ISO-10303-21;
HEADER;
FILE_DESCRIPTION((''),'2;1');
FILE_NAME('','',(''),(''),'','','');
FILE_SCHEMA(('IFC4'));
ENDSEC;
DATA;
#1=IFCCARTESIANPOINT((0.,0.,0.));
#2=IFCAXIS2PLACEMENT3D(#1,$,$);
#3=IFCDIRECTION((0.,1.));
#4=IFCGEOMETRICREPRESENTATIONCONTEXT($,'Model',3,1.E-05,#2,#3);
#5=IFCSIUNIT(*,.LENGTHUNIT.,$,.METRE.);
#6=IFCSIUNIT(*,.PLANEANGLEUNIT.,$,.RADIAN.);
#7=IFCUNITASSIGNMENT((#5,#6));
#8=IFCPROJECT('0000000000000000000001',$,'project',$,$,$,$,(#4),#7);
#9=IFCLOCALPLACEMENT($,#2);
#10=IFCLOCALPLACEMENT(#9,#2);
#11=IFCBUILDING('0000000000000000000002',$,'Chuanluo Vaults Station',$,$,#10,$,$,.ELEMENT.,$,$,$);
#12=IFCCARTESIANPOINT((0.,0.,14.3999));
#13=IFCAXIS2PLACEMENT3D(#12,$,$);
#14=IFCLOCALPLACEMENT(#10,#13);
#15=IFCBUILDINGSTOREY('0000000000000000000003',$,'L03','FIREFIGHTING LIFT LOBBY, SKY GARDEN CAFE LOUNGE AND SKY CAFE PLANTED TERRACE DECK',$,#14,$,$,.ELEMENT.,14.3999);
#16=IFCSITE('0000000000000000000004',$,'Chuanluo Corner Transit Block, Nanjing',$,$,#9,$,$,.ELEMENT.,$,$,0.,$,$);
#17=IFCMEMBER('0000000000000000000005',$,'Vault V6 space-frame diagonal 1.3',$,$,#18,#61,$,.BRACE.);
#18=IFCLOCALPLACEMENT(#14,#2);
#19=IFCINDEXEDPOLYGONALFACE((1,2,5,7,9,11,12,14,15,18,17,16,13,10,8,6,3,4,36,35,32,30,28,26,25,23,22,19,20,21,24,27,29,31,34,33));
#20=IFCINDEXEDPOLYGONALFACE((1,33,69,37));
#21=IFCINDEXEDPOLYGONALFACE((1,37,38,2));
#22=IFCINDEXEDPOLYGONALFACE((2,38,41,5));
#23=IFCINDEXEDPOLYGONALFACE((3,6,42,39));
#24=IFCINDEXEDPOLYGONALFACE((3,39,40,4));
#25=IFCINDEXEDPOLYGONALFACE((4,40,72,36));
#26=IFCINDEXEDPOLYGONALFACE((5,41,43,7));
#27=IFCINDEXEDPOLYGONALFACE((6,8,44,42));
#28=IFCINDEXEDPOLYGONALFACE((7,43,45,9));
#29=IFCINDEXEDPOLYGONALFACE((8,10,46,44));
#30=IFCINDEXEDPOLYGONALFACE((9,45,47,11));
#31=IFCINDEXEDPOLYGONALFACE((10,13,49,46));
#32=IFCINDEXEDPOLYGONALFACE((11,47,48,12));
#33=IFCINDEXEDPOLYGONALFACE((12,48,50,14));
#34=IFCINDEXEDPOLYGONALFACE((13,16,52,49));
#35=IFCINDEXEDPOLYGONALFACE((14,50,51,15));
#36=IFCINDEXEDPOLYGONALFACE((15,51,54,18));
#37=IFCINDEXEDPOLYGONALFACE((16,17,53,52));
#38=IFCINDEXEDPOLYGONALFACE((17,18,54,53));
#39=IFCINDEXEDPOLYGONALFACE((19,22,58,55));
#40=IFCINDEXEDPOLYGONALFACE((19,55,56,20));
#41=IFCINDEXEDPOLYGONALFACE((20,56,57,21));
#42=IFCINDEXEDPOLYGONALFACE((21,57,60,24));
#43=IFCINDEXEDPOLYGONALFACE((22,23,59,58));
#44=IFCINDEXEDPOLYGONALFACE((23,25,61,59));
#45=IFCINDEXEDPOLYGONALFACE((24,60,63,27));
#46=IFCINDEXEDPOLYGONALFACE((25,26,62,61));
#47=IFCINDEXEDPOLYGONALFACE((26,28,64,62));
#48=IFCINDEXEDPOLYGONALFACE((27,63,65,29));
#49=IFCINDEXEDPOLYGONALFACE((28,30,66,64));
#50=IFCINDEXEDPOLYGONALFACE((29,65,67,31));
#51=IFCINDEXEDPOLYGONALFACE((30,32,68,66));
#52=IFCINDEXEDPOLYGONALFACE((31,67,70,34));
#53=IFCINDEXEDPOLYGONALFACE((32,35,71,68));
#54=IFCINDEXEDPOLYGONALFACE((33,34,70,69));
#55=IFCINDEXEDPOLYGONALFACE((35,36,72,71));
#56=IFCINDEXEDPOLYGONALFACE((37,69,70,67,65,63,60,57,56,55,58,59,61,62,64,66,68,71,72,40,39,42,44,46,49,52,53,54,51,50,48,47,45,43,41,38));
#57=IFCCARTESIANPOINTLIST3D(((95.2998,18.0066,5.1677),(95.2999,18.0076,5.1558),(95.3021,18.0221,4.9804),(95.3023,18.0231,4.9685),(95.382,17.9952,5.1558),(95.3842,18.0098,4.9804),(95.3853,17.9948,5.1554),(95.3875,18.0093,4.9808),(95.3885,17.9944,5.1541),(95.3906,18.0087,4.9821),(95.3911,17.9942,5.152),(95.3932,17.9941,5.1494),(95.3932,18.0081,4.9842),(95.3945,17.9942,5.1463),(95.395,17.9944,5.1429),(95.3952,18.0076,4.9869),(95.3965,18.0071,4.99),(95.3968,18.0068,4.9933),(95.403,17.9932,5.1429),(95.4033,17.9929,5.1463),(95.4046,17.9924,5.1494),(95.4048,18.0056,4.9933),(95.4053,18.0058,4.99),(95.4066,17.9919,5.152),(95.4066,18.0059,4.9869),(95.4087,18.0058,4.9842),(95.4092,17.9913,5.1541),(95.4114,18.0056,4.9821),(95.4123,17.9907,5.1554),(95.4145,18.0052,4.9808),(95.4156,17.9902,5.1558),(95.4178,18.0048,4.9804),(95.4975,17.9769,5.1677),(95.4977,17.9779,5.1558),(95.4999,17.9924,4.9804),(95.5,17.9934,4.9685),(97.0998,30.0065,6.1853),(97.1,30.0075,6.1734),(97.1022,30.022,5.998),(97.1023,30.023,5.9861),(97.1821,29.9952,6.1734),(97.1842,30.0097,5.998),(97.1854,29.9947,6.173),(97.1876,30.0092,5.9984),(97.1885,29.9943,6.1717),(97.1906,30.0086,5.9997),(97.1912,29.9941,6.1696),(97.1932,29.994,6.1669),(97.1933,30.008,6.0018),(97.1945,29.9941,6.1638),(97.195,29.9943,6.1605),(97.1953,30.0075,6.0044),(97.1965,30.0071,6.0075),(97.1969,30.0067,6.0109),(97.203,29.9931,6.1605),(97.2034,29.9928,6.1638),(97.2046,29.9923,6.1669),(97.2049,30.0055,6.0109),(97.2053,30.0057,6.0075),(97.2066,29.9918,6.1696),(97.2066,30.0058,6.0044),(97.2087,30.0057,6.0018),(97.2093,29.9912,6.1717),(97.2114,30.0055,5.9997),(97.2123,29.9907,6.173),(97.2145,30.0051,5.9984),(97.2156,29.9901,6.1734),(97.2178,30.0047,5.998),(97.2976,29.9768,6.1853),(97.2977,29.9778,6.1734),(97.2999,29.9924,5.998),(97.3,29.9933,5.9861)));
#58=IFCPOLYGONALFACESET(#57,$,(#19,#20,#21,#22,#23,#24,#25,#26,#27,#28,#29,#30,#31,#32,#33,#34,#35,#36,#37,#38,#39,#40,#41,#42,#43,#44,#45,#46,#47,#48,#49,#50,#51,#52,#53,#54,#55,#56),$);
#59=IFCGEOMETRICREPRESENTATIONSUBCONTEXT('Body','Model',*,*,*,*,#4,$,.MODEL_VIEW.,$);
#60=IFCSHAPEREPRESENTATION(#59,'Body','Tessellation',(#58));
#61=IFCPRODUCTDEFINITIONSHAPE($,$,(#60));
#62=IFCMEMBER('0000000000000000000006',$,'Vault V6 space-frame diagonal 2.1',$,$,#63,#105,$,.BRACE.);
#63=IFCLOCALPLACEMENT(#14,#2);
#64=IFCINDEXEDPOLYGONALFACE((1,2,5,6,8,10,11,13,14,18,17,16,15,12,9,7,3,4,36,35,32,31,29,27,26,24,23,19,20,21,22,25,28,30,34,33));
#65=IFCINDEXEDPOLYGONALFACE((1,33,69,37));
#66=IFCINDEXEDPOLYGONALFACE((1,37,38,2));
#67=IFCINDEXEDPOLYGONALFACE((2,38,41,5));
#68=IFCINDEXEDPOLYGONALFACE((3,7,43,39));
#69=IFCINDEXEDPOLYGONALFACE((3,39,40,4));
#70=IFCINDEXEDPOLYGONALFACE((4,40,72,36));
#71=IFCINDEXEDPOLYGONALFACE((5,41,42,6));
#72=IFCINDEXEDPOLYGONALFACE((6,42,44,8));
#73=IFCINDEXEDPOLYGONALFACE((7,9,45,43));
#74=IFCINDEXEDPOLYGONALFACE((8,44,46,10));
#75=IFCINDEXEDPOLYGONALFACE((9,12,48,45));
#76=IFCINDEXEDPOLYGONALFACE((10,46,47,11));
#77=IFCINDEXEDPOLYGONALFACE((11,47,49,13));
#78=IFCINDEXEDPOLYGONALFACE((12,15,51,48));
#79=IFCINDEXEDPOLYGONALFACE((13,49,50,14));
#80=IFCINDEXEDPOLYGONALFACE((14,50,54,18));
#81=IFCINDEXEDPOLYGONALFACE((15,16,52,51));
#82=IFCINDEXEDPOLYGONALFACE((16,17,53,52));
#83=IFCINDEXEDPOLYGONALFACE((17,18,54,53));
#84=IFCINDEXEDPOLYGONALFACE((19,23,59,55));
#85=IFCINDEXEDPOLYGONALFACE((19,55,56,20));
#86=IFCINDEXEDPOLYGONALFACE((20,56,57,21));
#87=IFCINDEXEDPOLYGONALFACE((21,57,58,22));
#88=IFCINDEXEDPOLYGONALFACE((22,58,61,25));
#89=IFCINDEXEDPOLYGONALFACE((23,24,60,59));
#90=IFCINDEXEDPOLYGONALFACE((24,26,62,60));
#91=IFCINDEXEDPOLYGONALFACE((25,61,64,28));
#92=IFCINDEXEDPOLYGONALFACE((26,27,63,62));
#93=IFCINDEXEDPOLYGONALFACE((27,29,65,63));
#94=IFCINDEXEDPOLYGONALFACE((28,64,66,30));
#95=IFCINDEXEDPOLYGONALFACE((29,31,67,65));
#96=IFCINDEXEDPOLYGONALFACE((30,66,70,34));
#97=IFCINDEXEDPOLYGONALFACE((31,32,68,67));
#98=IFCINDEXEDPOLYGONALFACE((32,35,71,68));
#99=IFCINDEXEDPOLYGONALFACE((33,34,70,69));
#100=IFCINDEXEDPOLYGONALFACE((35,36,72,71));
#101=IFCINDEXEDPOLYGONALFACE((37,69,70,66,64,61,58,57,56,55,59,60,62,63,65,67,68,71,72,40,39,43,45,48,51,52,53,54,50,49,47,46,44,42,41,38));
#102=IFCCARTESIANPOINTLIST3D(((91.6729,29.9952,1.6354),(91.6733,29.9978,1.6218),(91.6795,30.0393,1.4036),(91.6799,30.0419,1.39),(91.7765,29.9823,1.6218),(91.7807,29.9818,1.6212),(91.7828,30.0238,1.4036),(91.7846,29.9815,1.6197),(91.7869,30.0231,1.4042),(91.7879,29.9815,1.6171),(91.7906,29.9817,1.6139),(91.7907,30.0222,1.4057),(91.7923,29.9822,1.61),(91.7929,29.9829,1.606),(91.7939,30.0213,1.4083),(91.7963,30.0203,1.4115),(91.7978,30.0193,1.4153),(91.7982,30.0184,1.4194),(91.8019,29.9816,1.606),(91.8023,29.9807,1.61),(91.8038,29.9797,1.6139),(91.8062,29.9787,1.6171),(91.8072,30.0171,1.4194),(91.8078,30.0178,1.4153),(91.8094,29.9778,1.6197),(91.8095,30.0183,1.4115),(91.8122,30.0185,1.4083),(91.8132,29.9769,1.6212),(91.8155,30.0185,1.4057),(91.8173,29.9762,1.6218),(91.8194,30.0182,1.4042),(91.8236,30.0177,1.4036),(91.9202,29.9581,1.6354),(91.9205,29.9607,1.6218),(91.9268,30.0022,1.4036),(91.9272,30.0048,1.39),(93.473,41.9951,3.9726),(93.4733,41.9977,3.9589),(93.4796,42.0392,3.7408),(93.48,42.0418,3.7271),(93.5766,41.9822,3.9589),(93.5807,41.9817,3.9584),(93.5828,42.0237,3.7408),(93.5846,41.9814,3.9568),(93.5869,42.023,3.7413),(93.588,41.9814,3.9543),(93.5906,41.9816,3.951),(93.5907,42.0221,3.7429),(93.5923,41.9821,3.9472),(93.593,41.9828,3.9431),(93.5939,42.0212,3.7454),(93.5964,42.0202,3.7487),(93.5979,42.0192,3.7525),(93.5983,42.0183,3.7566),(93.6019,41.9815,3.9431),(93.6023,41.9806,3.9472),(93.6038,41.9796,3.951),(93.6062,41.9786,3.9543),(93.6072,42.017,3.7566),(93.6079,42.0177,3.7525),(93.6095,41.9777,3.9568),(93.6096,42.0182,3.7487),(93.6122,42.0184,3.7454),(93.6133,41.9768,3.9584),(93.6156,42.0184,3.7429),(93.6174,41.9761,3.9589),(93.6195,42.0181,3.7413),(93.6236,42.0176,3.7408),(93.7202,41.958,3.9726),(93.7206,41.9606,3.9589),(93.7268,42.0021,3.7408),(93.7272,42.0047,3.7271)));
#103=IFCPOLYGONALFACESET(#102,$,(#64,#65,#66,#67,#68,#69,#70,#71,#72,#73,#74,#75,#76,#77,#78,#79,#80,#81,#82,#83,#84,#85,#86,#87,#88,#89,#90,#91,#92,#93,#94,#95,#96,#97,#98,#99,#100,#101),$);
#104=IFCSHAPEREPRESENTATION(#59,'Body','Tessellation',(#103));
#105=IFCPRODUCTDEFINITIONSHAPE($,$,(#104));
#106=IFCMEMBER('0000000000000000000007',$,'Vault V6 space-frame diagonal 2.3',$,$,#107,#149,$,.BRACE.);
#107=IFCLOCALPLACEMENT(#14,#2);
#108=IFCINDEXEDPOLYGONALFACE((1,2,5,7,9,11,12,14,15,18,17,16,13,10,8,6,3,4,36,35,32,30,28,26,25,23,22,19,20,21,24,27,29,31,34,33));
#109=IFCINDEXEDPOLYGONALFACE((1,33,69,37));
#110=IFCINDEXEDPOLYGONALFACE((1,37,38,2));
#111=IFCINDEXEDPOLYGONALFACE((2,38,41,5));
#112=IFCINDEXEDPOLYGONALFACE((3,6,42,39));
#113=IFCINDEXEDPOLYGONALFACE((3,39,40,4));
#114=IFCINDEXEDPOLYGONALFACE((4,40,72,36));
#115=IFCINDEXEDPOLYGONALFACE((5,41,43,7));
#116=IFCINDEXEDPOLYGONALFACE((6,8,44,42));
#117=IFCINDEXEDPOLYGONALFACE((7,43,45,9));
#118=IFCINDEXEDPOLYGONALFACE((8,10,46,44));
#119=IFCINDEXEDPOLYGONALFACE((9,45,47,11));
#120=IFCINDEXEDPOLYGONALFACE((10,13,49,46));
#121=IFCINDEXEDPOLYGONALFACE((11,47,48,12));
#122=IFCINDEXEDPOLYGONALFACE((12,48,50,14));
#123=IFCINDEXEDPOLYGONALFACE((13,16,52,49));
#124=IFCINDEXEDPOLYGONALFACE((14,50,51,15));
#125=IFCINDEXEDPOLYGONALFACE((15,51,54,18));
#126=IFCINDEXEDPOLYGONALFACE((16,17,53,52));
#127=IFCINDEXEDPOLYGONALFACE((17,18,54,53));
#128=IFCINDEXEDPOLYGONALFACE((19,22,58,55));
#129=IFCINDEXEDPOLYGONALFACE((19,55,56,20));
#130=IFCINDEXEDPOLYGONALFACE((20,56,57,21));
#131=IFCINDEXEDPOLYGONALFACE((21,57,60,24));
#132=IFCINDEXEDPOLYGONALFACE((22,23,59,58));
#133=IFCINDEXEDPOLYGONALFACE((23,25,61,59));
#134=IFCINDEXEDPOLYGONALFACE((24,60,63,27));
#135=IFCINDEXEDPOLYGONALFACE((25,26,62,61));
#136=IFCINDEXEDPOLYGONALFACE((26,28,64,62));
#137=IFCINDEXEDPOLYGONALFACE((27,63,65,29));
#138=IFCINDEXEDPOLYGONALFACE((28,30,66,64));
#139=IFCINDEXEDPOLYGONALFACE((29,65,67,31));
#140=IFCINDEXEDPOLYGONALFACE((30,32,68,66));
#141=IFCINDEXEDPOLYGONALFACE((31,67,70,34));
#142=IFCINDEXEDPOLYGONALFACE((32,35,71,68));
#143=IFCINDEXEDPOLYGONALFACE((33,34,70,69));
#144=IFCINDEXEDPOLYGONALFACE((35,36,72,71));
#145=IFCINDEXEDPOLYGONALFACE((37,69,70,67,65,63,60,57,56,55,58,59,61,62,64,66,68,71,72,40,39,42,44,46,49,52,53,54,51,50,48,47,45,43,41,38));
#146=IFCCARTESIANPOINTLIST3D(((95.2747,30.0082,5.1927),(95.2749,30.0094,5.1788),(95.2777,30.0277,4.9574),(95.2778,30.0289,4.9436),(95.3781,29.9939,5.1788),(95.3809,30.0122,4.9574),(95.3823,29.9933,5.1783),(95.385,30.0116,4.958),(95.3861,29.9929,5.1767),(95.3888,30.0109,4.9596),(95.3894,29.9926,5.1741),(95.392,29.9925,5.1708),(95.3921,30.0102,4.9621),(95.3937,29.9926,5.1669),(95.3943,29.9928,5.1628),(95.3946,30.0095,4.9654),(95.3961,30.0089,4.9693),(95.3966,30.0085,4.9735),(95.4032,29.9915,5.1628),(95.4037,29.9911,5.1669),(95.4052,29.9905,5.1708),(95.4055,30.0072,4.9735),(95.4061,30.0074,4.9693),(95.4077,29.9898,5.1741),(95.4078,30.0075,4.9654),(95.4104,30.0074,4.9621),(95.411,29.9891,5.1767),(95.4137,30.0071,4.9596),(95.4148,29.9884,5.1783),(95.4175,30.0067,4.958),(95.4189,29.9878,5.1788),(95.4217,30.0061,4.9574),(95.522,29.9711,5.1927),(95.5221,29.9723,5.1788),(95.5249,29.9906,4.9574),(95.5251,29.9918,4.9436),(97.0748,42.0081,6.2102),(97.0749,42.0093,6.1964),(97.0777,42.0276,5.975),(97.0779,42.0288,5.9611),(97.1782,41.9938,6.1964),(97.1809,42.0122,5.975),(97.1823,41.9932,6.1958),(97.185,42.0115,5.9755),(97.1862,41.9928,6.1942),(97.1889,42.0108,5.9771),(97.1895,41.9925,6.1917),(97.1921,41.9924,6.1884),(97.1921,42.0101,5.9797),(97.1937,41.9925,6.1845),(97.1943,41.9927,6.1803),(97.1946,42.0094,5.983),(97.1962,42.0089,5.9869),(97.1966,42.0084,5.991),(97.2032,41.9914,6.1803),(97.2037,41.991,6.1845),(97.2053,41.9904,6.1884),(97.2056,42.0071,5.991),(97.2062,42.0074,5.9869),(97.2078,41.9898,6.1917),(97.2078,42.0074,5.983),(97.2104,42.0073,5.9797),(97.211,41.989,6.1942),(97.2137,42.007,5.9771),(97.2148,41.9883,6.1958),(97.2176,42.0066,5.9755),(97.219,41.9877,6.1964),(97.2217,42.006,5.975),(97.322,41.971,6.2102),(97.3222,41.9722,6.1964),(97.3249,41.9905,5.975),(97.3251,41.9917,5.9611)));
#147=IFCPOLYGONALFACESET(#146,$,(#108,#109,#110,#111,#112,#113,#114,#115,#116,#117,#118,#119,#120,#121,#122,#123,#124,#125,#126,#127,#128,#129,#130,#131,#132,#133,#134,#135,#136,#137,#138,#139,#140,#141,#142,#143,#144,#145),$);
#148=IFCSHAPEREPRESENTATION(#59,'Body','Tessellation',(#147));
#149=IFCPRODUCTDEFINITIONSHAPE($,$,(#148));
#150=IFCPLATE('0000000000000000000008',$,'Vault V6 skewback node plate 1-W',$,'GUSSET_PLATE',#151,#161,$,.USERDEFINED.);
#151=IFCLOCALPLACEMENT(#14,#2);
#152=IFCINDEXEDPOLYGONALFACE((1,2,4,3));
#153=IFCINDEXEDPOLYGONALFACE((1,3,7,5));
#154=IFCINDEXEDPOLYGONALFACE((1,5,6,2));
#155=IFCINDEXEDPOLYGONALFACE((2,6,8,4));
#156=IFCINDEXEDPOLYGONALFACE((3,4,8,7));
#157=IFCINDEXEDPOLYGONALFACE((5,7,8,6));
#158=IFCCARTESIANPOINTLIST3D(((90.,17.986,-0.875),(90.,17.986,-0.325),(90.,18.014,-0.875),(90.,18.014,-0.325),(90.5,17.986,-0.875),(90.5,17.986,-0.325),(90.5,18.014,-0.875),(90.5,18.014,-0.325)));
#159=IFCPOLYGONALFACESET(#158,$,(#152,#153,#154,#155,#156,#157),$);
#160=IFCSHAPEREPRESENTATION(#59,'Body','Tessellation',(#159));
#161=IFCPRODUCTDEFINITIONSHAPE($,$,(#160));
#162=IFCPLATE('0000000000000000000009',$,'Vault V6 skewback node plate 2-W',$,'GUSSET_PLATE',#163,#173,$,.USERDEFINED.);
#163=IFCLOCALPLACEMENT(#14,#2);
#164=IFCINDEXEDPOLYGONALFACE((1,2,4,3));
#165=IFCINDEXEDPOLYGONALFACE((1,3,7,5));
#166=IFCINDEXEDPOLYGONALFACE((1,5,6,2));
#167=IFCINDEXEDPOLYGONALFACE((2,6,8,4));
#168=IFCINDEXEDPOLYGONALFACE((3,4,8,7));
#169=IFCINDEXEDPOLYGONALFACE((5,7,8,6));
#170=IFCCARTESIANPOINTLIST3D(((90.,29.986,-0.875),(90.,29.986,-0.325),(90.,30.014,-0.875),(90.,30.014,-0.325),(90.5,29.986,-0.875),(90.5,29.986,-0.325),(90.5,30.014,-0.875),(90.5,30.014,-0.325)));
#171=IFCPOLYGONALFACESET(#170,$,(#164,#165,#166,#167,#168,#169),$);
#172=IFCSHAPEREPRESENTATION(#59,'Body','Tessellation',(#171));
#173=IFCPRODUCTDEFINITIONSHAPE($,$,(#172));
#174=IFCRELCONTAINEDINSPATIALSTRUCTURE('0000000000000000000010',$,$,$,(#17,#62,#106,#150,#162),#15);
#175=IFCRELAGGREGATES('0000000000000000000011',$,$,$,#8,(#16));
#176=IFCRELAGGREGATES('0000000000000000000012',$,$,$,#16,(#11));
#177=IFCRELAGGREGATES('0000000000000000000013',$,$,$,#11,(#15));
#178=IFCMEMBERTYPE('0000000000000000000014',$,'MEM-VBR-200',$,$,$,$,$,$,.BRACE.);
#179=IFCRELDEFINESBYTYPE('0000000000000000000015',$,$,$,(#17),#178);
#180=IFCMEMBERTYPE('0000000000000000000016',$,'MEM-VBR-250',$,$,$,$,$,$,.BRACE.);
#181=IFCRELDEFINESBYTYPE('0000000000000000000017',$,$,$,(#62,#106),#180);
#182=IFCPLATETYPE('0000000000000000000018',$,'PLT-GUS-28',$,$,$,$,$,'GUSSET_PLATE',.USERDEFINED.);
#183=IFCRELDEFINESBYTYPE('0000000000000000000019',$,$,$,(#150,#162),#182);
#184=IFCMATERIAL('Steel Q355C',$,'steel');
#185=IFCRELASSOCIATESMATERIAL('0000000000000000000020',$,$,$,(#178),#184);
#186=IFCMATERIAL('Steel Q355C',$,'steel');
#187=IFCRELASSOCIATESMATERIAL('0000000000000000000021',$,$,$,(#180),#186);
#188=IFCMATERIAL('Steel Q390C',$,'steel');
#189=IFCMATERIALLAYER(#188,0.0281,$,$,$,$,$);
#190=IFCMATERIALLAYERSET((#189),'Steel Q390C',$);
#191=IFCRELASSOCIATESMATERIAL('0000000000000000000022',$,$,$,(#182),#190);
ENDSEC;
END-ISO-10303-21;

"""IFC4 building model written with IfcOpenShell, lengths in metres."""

from ifc_helpers import new_model, si_unit, direction, frame, origin, origin_2d, place, context, subcontext, project, spatial, rectangle, i_section, extrude, material, layer, layer_set, material_profile, profile_set, type_object, element, save


model = new_model("IFC4")

# Units and contexts
model_context = context("Model", 3, precision=1e-05, world=origin(), true_north=direction((0.0, 1.0)))
body_context = subcontext(model_context, "Body", "Model", "MODEL_VIEW")
ifc_project = project(units=[si_unit("LENGTHUNIT", "METRE"), si_unit("PLANEANGLEUNIT", "RADIAN")], contexts=[model_context])

# Site, building, storey
site_placement = place(None, origin())
site = spatial("IfcSite", under=ifc_project, at=site_placement, Name="Chuanluo Corner Transit Block, Nanjing", CompositionType="ELEMENT", RefElevation=0.0)
building_placement = place(site_placement, origin())
building = spatial("IfcBuilding", under=site, at=building_placement, Name="Chuanluo Vaults Station", CompositionType="ELEMENT")
storey_placement = place(building_placement, frame((0.0, 0.0, 14.3999)))
storey = spatial("IfcBuildingStorey", under=building, at=storey_placement, Name="L03", Description="FIREFIGHTING LIFT LOBBY, SKY GARDEN CAFE LOUNGE AND SKY CAFE PLANTED TERRACE DECK", CompositionType="ELEMENT", Elevation=14.3999)

# Members
ifc_material_1 = material(Name="Steel Q355C", Category="steel")
ifc_material_profile_1 = material_profile(ifc_material_1, i_section(OverallWidth=0.2, OverallDepth=0.2, WebThickness=0.0081, FlangeThickness=0.012, FilletRadius=0.0129, at=origin_2d()))
ifc_profile_set_1 = profile_set([ifc_material_profile_1], Name="Steel Q355C")
member_type_1 = type_object("IfcMemberType", Name="MEM-VBR-200", PredefinedType="BRACE", material=ifc_profile_set_1)
member_1_placement = place(storey_placement, frame((95.3999, 18.0, 5.0681), z_axis=(0.147826, 0.985477, 0.083567), x_axis=(-0.988936, 0.148344, 0.0)))
element("IfcMember", 1, at=member_1_placement, inside=storey, type_object=member_type_1, Name="Vault V6 space-frame diagonal 1.3", PredefinedType="BRACE", context=body_context, shape_type="SweptSolid", body=[
    extrude(i_section(OverallWidth=0.2, OverallDepth=0.2, WebThickness=0.0081, FlangeThickness=0.012, FilletRadius=0.0129, at=origin_2d()), origin(), (0.0, 0.0, 1.0), 12.1768),
])
ifc_material_2 = material(Name="Steel Q355C", Category="steel")
ifc_material_profile_2 = material_profile(ifc_material_2, i_section(OverallWidth=0.25, OverallDepth=0.25, WebThickness=0.009, FlangeThickness=0.0139, FilletRadius=0.0161, at=origin_2d()))
ifc_profile_set_2 = profile_set([ifc_material_profile_2], Name="Steel Q355C")
member_type_2 = type_object("IfcMemberType", Name="MEM-VBR-250", PredefinedType="BRACE", material=ifc_profile_set_2)
member_2_placement = place(storey_placement, frame((91.8, 30.0, 1.5127), z_axis=(0.145667, 0.971087, 0.189132), x_axis=(-0.988936, 0.148344, 0.0)))
element("IfcMember", 2, at=member_2_placement, inside=storey, type_object=member_type_2, Name="Vault V6 space-frame diagonal 2.1", PredefinedType="BRACE", context=body_context, shape_type="SweptSolid", body=[
    extrude(i_section(OverallWidth=0.25, OverallDepth=0.25, WebThickness=0.009, FlangeThickness=0.0139, FilletRadius=0.0161, at=origin_2d()), origin(), (0.0, 0.0, 1.0), 12.3572),
])
member_3_placement = place(storey_placement, frame((95.3999, 30.0, 5.0681), z_axis=(0.147826, 0.985477, 0.083567), x_axis=(-0.988936, 0.148344, 0.0)))
element("IfcMember", 3, at=member_3_placement, inside=storey, type_object=member_type_2, Name="Vault V6 space-frame diagonal 2.3", PredefinedType="BRACE", context=body_context, shape_type="SweptSolid", body=[
    extrude(i_section(OverallWidth=0.25, OverallDepth=0.25, WebThickness=0.009, FlangeThickness=0.0139, FilletRadius=0.0161, at=origin_2d()), origin(), (0.0, 0.0, 1.0), 12.1768),
])

# Plates
ifc_material_3 = material(Name="Steel Q390C", Category="steel")
ifc_layer = layer(ifc_material_3, 0.0281)
ifc_layer_set = layer_set([ifc_layer], Name="Steel Q390C")
plate_type = type_object("IfcPlateType", Name="PLT-GUS-28", ElementType="GUSSET_PLATE", PredefinedType="USERDEFINED", material=ifc_layer_set)
for number, where, z_axis, x_axis, name in (
    (4, (90.25, 18.0, -0.875), (0.0, 0.0, 1.0), (1.0, 0.0, 0.0), "Vault V6 skewback node plate 1-W"),
    (5, (90.25, 30.0, -0.875), (0.0, 0.0, 1.0), (1.0, 0.0, 0.0), "Vault V6 skewback node plate 2-W"),
):
    element("IfcPlate", number, at=place(storey_placement, frame(where, z_axis=z_axis, x_axis=x_axis)), inside=storey, type_object=plate_type, Name=name, ObjectType="GUSSET_PLATE", PredefinedType="USERDEFINED", context=body_context, shape_type="SweptSolid", body=[
        extrude(rectangle(XDim=0.5, YDim=0.0281, at=origin_2d()), origin(), (0.0, 0.0, 1.0), 0.55),
    ])

save(model, "model.ifc")
